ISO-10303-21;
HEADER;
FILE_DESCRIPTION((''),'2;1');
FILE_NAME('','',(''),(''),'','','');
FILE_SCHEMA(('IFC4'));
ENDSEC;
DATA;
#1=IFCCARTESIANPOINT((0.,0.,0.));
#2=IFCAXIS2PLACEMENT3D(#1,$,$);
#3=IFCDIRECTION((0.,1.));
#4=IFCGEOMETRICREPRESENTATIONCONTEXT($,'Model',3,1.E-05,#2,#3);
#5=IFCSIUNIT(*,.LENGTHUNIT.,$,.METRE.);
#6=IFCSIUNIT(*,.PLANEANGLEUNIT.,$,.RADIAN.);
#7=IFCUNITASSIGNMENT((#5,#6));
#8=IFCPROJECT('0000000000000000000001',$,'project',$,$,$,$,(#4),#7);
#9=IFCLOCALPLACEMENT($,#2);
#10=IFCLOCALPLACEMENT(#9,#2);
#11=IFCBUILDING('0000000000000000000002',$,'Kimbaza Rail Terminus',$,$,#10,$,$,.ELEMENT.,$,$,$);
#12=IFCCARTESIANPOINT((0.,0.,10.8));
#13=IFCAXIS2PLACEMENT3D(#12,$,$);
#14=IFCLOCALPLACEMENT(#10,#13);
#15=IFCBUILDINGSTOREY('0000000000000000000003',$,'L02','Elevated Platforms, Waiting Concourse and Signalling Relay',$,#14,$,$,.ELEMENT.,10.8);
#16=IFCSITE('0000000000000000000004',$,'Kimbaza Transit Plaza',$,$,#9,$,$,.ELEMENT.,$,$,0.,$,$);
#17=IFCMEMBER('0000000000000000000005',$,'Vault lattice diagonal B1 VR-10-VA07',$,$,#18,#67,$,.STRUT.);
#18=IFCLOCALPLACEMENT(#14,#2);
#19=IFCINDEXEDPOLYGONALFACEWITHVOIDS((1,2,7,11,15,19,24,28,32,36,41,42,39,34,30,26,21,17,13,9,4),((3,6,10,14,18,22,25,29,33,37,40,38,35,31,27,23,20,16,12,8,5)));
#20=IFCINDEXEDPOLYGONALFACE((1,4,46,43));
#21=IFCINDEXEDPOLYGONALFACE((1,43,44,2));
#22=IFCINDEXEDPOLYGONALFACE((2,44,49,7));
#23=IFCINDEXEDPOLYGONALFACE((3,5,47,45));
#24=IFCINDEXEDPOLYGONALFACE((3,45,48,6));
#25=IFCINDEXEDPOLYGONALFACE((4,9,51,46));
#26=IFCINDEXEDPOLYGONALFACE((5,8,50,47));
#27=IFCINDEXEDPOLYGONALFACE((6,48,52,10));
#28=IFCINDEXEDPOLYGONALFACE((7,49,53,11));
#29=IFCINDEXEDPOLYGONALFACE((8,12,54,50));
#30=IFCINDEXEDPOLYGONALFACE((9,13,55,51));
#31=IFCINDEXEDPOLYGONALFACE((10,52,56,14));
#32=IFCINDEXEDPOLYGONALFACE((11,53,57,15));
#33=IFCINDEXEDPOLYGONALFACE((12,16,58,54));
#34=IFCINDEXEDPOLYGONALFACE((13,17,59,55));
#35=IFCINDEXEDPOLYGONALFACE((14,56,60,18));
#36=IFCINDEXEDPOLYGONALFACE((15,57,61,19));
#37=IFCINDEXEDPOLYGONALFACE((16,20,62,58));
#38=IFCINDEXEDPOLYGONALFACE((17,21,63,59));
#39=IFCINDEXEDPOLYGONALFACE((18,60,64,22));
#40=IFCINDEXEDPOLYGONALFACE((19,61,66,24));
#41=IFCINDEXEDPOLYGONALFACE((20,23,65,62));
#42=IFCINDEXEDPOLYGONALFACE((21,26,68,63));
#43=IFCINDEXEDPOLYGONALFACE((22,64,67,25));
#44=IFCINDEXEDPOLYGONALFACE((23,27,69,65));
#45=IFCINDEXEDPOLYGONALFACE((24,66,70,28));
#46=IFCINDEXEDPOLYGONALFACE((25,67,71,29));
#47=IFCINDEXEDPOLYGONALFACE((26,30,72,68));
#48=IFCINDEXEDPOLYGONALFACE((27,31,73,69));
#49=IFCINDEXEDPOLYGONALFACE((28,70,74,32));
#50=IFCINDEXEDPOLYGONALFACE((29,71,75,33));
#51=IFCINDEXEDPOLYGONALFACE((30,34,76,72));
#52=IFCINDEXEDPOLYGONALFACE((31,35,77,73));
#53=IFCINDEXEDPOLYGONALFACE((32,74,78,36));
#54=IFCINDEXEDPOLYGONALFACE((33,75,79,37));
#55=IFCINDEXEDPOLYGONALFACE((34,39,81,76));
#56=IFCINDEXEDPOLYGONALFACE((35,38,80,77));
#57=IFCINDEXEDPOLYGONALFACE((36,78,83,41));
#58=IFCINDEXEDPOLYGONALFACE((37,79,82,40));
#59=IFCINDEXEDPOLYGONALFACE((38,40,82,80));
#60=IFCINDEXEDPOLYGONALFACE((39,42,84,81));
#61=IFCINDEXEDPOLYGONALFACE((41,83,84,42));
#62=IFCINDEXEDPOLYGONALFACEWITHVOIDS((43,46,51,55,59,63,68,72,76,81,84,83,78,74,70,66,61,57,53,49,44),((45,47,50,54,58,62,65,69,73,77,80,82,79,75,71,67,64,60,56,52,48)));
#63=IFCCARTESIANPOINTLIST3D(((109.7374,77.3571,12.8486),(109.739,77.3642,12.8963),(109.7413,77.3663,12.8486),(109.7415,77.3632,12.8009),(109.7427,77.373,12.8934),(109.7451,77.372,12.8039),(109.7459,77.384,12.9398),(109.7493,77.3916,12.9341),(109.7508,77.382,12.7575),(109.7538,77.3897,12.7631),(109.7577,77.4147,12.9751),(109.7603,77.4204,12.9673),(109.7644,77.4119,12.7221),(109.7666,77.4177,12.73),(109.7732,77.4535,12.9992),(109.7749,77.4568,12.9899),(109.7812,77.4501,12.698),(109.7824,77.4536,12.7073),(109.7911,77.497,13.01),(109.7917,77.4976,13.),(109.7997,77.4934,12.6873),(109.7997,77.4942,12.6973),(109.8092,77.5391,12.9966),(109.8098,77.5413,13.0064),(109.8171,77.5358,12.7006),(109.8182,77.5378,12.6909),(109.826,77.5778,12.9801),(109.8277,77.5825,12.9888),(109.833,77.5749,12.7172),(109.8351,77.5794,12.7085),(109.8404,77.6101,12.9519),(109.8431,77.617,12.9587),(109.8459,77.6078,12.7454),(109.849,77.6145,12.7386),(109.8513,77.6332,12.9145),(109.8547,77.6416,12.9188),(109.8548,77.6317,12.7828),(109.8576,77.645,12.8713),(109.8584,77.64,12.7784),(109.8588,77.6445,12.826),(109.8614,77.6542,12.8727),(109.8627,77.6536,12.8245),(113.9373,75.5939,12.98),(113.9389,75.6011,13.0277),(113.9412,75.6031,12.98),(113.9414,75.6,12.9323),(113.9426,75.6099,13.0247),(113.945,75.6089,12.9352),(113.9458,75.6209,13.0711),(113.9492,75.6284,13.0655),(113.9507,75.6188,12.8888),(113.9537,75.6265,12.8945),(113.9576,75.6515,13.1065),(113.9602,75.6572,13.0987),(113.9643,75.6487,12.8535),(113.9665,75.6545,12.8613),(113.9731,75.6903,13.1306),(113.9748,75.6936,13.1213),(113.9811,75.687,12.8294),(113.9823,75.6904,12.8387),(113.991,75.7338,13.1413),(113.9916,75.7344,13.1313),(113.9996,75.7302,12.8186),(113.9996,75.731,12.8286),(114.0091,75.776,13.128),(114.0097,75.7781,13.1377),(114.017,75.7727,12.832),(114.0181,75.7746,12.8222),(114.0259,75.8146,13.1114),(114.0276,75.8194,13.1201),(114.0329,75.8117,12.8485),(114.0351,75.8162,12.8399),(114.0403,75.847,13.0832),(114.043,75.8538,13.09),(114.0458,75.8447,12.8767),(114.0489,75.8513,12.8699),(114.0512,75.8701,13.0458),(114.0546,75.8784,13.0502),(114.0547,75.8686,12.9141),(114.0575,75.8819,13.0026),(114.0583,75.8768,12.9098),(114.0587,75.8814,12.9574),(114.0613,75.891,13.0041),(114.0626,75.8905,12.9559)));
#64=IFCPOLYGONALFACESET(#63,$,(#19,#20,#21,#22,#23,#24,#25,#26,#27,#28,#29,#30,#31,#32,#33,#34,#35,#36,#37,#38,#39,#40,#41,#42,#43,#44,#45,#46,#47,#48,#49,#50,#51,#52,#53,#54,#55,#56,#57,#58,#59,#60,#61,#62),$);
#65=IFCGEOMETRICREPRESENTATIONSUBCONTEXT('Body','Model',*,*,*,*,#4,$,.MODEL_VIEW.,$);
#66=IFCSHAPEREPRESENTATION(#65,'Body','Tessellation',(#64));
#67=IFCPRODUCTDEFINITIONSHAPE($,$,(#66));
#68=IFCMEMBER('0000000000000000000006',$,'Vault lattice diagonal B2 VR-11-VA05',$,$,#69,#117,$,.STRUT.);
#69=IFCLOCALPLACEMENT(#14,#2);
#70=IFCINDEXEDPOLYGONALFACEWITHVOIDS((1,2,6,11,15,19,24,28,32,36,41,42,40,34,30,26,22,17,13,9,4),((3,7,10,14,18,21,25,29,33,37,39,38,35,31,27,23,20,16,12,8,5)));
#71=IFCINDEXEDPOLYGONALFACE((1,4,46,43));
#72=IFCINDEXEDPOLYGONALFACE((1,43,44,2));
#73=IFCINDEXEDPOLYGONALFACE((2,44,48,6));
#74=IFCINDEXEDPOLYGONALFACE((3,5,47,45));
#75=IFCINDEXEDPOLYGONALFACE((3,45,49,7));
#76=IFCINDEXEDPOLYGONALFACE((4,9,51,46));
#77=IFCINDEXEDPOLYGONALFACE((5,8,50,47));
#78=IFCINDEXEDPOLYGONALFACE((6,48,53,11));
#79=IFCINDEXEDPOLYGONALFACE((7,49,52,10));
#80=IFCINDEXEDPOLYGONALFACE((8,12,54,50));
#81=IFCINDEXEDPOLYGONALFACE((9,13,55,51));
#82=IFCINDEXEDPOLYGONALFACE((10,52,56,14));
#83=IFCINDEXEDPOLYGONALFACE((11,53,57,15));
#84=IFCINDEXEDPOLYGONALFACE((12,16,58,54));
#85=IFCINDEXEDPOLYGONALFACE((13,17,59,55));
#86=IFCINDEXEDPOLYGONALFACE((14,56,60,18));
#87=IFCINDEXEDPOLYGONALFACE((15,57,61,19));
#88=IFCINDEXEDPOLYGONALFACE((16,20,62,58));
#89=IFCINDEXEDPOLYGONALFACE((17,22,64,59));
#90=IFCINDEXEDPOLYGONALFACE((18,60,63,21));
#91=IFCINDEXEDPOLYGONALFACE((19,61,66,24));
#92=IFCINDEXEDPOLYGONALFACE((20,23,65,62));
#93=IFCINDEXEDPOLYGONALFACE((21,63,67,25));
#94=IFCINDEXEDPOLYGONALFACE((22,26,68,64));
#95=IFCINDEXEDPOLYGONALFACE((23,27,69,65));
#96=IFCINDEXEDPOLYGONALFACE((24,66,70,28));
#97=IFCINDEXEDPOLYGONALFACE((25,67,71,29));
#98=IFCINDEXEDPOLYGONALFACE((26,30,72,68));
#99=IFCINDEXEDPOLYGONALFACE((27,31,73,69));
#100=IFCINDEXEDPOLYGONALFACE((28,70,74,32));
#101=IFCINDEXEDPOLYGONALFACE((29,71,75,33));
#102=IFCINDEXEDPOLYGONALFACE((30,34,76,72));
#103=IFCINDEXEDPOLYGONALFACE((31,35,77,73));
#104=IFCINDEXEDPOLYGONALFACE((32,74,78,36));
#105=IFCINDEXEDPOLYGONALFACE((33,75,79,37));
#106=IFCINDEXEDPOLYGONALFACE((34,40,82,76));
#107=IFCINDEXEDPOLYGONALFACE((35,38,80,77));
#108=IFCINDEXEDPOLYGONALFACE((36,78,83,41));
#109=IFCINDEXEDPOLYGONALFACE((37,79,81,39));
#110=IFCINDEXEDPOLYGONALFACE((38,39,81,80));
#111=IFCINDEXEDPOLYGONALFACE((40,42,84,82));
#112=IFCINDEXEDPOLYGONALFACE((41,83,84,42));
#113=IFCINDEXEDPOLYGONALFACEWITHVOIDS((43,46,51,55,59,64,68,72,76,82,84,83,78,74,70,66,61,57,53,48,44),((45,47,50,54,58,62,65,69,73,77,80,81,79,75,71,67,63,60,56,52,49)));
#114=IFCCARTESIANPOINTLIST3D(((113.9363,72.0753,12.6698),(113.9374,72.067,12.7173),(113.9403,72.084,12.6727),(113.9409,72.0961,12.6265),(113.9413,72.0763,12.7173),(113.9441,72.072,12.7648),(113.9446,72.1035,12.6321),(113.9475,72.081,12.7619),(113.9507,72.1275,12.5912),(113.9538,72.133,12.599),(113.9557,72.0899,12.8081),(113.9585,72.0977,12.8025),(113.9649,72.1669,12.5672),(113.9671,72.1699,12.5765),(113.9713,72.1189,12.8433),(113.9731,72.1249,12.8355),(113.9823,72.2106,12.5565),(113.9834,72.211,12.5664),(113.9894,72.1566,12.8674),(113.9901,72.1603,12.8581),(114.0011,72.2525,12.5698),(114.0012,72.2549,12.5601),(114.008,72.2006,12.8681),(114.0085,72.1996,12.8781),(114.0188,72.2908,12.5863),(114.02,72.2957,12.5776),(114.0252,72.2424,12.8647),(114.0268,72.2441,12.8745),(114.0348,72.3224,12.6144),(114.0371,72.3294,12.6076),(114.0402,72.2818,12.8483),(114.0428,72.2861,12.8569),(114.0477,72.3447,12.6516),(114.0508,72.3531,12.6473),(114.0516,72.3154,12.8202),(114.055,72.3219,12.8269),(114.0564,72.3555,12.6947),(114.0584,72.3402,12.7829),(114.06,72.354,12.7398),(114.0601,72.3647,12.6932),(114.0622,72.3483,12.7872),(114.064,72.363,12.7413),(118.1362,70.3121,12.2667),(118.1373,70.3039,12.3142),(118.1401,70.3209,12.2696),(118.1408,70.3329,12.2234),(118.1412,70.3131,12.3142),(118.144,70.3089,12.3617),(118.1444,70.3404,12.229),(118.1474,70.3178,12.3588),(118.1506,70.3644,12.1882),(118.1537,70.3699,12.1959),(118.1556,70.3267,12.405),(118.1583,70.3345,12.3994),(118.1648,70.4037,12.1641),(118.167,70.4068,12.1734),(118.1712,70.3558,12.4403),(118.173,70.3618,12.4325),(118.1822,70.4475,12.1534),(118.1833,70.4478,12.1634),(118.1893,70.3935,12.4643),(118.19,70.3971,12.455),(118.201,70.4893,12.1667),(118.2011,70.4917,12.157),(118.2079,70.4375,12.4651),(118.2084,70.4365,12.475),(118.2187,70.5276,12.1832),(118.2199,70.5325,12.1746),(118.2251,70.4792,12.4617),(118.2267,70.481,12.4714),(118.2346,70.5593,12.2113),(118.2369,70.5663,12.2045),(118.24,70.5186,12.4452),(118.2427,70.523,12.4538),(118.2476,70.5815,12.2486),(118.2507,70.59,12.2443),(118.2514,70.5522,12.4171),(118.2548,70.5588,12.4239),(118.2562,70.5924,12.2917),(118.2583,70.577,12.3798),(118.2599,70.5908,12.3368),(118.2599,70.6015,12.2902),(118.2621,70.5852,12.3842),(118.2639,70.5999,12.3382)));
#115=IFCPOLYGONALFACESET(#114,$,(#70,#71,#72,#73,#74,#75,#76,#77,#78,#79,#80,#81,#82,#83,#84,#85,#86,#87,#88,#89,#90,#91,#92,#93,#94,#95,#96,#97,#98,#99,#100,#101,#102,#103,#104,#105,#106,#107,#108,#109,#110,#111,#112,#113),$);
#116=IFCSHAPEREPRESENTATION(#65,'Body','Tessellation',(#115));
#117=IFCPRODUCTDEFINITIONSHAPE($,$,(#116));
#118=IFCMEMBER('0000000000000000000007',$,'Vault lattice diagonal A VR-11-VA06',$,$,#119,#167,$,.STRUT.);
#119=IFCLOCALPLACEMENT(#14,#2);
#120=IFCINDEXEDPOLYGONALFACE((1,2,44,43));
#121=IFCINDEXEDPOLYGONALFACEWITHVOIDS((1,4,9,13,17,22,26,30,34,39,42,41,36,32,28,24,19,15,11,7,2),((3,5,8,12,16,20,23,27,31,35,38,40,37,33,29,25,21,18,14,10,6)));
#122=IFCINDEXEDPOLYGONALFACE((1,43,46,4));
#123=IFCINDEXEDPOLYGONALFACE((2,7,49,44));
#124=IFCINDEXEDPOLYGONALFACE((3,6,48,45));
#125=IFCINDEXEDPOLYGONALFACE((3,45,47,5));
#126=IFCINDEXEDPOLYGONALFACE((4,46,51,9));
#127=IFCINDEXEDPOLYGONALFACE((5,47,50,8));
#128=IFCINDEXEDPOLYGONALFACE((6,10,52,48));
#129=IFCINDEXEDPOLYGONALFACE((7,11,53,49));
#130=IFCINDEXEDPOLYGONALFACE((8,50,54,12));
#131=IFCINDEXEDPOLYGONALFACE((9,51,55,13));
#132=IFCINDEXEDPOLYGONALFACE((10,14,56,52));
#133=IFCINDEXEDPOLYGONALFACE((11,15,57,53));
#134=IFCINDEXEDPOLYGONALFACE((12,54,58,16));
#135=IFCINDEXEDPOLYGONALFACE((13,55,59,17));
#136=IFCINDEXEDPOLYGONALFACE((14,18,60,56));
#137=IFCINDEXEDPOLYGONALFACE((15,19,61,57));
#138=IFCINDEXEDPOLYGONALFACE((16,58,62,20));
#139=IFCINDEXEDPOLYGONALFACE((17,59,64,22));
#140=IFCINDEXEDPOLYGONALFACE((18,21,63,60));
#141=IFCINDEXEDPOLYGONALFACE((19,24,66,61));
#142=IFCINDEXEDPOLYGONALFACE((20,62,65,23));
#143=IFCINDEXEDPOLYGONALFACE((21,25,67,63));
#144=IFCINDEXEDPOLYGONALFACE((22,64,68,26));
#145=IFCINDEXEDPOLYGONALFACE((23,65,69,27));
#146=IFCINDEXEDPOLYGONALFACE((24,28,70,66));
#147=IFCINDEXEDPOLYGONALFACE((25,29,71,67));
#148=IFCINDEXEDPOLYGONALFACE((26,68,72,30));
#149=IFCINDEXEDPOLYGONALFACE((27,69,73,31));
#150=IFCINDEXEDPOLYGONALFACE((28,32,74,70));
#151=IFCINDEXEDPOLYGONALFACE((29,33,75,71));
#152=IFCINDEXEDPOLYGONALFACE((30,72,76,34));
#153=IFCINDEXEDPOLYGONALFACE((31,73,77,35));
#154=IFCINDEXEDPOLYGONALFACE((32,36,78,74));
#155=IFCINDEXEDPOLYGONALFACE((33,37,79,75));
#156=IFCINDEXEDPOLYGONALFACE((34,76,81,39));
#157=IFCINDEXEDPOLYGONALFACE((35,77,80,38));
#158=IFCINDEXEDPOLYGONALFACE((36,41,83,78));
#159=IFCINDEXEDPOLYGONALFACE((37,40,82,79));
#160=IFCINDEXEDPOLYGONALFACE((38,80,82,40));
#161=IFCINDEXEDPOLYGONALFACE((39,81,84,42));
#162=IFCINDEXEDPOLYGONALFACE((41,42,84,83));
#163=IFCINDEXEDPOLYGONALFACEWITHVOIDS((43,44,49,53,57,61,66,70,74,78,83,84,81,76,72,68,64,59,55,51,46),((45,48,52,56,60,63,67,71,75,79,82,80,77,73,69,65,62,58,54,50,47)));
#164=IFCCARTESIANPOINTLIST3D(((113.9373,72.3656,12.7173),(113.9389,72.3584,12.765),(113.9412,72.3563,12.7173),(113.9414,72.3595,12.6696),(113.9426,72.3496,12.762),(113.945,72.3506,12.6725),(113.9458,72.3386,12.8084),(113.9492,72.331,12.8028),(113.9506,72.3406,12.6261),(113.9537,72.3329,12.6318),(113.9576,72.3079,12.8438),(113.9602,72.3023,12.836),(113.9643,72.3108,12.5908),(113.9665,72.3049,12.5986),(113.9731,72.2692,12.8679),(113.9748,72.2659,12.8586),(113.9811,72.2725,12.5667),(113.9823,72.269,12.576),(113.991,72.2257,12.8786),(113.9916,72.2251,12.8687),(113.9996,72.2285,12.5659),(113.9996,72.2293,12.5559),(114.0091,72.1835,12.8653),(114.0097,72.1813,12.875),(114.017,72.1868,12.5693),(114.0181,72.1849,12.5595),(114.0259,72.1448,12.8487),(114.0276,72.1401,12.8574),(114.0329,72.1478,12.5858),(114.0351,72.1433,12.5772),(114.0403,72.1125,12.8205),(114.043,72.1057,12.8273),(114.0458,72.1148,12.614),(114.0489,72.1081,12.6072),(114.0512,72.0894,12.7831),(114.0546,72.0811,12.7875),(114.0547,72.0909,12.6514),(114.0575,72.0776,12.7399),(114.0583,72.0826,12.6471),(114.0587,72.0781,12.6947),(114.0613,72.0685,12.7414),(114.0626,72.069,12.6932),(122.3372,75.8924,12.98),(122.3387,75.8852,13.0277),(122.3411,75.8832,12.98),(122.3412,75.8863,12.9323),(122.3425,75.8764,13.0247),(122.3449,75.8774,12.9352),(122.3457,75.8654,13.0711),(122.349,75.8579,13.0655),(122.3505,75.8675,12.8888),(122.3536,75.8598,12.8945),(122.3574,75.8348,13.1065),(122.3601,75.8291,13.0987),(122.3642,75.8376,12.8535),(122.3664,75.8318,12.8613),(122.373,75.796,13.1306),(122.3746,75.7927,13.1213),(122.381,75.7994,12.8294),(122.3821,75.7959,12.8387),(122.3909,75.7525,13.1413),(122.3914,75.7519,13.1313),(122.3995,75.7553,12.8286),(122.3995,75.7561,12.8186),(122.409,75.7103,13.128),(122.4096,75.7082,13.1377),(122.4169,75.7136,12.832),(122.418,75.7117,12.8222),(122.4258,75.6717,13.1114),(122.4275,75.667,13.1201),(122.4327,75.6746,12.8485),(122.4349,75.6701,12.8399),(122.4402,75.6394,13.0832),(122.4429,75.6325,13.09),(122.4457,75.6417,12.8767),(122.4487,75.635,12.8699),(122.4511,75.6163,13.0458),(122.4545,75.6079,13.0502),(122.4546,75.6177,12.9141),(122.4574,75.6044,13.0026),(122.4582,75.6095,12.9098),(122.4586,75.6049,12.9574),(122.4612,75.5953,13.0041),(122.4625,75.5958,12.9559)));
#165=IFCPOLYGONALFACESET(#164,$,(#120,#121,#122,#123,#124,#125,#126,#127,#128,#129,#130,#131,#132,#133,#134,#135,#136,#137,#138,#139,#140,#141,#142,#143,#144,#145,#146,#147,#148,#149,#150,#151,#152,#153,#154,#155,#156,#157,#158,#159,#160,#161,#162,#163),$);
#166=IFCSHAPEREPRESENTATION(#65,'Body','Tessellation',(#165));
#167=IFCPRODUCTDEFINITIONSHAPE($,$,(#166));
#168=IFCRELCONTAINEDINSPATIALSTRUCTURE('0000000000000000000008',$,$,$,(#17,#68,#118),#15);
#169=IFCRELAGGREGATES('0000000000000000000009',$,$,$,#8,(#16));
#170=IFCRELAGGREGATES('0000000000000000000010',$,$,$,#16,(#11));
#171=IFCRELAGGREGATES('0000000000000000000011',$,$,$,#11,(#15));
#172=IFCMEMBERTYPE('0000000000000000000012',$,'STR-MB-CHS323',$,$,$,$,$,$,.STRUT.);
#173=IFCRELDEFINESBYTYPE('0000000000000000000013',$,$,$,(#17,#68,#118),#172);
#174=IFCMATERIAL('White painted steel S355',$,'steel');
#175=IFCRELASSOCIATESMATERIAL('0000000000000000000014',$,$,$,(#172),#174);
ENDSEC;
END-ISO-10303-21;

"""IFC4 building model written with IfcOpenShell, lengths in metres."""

from ifc_helpers import new_model, si_unit, direction, frame, origin, origin_2d, place, context, subcontext, project, spatial, hollow_circle, extrude, material, material_profile, profile_set, type_object, element, save


model = new_model("IFC4")

# Units and contexts
model_context = context("Model", 3, precision=1e-05, world=origin(), true_north=direction((0.0, 1.0)))
body_context = subcontext(model_context, "Body", "Model", "MODEL_VIEW")
ifc_project = project(units=[si_unit("LENGTHUNIT", "METRE"), si_unit("PLANEANGLEUNIT", "RADIAN")], contexts=[model_context])

# Site, building, storey
site_placement = place(None, origin())
site = spatial("IfcSite", under=ifc_project, at=site_placement, Name="Kimbaza Transit Plaza", CompositionType="ELEMENT", RefElevation=0.0)
building_placement = place(site_placement, origin())
building = spatial("IfcBuilding", under=site, at=building_placement, Name="Kimbaza Rail Terminus", CompositionType="ELEMENT")
storey_placement = place(building_placement, frame((0.0, 0.0, 10.8)))
storey = spatial("IfcBuildingStorey", under=building, at=storey_placement, Name="L02", Description="Elevated Platforms, Waiting Concourse and Signalling Relay", CompositionType="ELEMENT", Elevation=10.8)

# Members
ifc_material_1 = material(Name="White painted steel S355", Category="steel")
ifc_material_profile_1 = material_profile(ifc_material_1, hollow_circle(Radius=0.1619, WallThickness=0.01, at=origin_2d()), Name="CHS 323.9x10")
ifc_profile_set_1 = profile_set([ifc_material_profile_1], Name="White painted steel S355")
member_type_1 = type_object("IfcMemberType", Name="STR-MB-CHS323", PredefinedType="STRUT", material=ifc_profile_set_1)
member_1_placement = place(storey_placement, frame((114.0, 75.7432, 12.98), z_axis=(-0.921661, 0.386923, -0.028824), x_axis=(-0.387084, -0.922044, 0.0)))
element("IfcMember", 1, at=member_1_placement, inside=storey, type_object=member_type_1, Name="Vault lattice diagonal B1 VR-10-VA07", PredefinedType="STRUT", context=body_context, shape_type="SweptSolid", body=[
    extrude(hollow_circle(Radius=0.1619, WallThickness=0.01, at=origin_2d()), origin(), (0.0, 0.0, 1.0), 4.5569),
])
member_2_placement = place(storey_placement, frame((118.2, 70.4531, 12.3142), z_axis=(-0.918456, 0.385577, 0.088146), x_axis=(-0.387084, -0.922044, 0.0)))
element("IfcMember", 2, at=member_2_placement, inside=storey, type_object=member_type_1, Name="Vault lattice diagonal B2 VR-11-VA05", PredefinedType="STRUT", context=body_context, shape_type="SweptSolid", body=[
    extrude(hollow_circle(Radius=0.1619, WallThickness=0.01, at=origin_2d()), origin(), (0.0, 0.0, 1.0), 4.5728),
])
member_3_placement = place(storey_placement, frame((114.0, 72.2163, 12.7173), z_axis=(0.921642, 0.386969, 0.028823), x_axis=(-0.38713, 0.922025, 0.0)))
element("IfcMember", 3, at=member_3_placement, inside=storey, type_object=member_type_1, Name="Vault lattice diagonal A VR-11-VA06", PredefinedType="STRUT", context=body_context, shape_type="SweptSolid", body=[
    extrude(hollow_circle(Radius=0.1619, WallThickness=0.01, at=origin_2d()), origin(), (0.0, 0.0, 1.0), 9.114),
])

save(model, "model.ifc")
